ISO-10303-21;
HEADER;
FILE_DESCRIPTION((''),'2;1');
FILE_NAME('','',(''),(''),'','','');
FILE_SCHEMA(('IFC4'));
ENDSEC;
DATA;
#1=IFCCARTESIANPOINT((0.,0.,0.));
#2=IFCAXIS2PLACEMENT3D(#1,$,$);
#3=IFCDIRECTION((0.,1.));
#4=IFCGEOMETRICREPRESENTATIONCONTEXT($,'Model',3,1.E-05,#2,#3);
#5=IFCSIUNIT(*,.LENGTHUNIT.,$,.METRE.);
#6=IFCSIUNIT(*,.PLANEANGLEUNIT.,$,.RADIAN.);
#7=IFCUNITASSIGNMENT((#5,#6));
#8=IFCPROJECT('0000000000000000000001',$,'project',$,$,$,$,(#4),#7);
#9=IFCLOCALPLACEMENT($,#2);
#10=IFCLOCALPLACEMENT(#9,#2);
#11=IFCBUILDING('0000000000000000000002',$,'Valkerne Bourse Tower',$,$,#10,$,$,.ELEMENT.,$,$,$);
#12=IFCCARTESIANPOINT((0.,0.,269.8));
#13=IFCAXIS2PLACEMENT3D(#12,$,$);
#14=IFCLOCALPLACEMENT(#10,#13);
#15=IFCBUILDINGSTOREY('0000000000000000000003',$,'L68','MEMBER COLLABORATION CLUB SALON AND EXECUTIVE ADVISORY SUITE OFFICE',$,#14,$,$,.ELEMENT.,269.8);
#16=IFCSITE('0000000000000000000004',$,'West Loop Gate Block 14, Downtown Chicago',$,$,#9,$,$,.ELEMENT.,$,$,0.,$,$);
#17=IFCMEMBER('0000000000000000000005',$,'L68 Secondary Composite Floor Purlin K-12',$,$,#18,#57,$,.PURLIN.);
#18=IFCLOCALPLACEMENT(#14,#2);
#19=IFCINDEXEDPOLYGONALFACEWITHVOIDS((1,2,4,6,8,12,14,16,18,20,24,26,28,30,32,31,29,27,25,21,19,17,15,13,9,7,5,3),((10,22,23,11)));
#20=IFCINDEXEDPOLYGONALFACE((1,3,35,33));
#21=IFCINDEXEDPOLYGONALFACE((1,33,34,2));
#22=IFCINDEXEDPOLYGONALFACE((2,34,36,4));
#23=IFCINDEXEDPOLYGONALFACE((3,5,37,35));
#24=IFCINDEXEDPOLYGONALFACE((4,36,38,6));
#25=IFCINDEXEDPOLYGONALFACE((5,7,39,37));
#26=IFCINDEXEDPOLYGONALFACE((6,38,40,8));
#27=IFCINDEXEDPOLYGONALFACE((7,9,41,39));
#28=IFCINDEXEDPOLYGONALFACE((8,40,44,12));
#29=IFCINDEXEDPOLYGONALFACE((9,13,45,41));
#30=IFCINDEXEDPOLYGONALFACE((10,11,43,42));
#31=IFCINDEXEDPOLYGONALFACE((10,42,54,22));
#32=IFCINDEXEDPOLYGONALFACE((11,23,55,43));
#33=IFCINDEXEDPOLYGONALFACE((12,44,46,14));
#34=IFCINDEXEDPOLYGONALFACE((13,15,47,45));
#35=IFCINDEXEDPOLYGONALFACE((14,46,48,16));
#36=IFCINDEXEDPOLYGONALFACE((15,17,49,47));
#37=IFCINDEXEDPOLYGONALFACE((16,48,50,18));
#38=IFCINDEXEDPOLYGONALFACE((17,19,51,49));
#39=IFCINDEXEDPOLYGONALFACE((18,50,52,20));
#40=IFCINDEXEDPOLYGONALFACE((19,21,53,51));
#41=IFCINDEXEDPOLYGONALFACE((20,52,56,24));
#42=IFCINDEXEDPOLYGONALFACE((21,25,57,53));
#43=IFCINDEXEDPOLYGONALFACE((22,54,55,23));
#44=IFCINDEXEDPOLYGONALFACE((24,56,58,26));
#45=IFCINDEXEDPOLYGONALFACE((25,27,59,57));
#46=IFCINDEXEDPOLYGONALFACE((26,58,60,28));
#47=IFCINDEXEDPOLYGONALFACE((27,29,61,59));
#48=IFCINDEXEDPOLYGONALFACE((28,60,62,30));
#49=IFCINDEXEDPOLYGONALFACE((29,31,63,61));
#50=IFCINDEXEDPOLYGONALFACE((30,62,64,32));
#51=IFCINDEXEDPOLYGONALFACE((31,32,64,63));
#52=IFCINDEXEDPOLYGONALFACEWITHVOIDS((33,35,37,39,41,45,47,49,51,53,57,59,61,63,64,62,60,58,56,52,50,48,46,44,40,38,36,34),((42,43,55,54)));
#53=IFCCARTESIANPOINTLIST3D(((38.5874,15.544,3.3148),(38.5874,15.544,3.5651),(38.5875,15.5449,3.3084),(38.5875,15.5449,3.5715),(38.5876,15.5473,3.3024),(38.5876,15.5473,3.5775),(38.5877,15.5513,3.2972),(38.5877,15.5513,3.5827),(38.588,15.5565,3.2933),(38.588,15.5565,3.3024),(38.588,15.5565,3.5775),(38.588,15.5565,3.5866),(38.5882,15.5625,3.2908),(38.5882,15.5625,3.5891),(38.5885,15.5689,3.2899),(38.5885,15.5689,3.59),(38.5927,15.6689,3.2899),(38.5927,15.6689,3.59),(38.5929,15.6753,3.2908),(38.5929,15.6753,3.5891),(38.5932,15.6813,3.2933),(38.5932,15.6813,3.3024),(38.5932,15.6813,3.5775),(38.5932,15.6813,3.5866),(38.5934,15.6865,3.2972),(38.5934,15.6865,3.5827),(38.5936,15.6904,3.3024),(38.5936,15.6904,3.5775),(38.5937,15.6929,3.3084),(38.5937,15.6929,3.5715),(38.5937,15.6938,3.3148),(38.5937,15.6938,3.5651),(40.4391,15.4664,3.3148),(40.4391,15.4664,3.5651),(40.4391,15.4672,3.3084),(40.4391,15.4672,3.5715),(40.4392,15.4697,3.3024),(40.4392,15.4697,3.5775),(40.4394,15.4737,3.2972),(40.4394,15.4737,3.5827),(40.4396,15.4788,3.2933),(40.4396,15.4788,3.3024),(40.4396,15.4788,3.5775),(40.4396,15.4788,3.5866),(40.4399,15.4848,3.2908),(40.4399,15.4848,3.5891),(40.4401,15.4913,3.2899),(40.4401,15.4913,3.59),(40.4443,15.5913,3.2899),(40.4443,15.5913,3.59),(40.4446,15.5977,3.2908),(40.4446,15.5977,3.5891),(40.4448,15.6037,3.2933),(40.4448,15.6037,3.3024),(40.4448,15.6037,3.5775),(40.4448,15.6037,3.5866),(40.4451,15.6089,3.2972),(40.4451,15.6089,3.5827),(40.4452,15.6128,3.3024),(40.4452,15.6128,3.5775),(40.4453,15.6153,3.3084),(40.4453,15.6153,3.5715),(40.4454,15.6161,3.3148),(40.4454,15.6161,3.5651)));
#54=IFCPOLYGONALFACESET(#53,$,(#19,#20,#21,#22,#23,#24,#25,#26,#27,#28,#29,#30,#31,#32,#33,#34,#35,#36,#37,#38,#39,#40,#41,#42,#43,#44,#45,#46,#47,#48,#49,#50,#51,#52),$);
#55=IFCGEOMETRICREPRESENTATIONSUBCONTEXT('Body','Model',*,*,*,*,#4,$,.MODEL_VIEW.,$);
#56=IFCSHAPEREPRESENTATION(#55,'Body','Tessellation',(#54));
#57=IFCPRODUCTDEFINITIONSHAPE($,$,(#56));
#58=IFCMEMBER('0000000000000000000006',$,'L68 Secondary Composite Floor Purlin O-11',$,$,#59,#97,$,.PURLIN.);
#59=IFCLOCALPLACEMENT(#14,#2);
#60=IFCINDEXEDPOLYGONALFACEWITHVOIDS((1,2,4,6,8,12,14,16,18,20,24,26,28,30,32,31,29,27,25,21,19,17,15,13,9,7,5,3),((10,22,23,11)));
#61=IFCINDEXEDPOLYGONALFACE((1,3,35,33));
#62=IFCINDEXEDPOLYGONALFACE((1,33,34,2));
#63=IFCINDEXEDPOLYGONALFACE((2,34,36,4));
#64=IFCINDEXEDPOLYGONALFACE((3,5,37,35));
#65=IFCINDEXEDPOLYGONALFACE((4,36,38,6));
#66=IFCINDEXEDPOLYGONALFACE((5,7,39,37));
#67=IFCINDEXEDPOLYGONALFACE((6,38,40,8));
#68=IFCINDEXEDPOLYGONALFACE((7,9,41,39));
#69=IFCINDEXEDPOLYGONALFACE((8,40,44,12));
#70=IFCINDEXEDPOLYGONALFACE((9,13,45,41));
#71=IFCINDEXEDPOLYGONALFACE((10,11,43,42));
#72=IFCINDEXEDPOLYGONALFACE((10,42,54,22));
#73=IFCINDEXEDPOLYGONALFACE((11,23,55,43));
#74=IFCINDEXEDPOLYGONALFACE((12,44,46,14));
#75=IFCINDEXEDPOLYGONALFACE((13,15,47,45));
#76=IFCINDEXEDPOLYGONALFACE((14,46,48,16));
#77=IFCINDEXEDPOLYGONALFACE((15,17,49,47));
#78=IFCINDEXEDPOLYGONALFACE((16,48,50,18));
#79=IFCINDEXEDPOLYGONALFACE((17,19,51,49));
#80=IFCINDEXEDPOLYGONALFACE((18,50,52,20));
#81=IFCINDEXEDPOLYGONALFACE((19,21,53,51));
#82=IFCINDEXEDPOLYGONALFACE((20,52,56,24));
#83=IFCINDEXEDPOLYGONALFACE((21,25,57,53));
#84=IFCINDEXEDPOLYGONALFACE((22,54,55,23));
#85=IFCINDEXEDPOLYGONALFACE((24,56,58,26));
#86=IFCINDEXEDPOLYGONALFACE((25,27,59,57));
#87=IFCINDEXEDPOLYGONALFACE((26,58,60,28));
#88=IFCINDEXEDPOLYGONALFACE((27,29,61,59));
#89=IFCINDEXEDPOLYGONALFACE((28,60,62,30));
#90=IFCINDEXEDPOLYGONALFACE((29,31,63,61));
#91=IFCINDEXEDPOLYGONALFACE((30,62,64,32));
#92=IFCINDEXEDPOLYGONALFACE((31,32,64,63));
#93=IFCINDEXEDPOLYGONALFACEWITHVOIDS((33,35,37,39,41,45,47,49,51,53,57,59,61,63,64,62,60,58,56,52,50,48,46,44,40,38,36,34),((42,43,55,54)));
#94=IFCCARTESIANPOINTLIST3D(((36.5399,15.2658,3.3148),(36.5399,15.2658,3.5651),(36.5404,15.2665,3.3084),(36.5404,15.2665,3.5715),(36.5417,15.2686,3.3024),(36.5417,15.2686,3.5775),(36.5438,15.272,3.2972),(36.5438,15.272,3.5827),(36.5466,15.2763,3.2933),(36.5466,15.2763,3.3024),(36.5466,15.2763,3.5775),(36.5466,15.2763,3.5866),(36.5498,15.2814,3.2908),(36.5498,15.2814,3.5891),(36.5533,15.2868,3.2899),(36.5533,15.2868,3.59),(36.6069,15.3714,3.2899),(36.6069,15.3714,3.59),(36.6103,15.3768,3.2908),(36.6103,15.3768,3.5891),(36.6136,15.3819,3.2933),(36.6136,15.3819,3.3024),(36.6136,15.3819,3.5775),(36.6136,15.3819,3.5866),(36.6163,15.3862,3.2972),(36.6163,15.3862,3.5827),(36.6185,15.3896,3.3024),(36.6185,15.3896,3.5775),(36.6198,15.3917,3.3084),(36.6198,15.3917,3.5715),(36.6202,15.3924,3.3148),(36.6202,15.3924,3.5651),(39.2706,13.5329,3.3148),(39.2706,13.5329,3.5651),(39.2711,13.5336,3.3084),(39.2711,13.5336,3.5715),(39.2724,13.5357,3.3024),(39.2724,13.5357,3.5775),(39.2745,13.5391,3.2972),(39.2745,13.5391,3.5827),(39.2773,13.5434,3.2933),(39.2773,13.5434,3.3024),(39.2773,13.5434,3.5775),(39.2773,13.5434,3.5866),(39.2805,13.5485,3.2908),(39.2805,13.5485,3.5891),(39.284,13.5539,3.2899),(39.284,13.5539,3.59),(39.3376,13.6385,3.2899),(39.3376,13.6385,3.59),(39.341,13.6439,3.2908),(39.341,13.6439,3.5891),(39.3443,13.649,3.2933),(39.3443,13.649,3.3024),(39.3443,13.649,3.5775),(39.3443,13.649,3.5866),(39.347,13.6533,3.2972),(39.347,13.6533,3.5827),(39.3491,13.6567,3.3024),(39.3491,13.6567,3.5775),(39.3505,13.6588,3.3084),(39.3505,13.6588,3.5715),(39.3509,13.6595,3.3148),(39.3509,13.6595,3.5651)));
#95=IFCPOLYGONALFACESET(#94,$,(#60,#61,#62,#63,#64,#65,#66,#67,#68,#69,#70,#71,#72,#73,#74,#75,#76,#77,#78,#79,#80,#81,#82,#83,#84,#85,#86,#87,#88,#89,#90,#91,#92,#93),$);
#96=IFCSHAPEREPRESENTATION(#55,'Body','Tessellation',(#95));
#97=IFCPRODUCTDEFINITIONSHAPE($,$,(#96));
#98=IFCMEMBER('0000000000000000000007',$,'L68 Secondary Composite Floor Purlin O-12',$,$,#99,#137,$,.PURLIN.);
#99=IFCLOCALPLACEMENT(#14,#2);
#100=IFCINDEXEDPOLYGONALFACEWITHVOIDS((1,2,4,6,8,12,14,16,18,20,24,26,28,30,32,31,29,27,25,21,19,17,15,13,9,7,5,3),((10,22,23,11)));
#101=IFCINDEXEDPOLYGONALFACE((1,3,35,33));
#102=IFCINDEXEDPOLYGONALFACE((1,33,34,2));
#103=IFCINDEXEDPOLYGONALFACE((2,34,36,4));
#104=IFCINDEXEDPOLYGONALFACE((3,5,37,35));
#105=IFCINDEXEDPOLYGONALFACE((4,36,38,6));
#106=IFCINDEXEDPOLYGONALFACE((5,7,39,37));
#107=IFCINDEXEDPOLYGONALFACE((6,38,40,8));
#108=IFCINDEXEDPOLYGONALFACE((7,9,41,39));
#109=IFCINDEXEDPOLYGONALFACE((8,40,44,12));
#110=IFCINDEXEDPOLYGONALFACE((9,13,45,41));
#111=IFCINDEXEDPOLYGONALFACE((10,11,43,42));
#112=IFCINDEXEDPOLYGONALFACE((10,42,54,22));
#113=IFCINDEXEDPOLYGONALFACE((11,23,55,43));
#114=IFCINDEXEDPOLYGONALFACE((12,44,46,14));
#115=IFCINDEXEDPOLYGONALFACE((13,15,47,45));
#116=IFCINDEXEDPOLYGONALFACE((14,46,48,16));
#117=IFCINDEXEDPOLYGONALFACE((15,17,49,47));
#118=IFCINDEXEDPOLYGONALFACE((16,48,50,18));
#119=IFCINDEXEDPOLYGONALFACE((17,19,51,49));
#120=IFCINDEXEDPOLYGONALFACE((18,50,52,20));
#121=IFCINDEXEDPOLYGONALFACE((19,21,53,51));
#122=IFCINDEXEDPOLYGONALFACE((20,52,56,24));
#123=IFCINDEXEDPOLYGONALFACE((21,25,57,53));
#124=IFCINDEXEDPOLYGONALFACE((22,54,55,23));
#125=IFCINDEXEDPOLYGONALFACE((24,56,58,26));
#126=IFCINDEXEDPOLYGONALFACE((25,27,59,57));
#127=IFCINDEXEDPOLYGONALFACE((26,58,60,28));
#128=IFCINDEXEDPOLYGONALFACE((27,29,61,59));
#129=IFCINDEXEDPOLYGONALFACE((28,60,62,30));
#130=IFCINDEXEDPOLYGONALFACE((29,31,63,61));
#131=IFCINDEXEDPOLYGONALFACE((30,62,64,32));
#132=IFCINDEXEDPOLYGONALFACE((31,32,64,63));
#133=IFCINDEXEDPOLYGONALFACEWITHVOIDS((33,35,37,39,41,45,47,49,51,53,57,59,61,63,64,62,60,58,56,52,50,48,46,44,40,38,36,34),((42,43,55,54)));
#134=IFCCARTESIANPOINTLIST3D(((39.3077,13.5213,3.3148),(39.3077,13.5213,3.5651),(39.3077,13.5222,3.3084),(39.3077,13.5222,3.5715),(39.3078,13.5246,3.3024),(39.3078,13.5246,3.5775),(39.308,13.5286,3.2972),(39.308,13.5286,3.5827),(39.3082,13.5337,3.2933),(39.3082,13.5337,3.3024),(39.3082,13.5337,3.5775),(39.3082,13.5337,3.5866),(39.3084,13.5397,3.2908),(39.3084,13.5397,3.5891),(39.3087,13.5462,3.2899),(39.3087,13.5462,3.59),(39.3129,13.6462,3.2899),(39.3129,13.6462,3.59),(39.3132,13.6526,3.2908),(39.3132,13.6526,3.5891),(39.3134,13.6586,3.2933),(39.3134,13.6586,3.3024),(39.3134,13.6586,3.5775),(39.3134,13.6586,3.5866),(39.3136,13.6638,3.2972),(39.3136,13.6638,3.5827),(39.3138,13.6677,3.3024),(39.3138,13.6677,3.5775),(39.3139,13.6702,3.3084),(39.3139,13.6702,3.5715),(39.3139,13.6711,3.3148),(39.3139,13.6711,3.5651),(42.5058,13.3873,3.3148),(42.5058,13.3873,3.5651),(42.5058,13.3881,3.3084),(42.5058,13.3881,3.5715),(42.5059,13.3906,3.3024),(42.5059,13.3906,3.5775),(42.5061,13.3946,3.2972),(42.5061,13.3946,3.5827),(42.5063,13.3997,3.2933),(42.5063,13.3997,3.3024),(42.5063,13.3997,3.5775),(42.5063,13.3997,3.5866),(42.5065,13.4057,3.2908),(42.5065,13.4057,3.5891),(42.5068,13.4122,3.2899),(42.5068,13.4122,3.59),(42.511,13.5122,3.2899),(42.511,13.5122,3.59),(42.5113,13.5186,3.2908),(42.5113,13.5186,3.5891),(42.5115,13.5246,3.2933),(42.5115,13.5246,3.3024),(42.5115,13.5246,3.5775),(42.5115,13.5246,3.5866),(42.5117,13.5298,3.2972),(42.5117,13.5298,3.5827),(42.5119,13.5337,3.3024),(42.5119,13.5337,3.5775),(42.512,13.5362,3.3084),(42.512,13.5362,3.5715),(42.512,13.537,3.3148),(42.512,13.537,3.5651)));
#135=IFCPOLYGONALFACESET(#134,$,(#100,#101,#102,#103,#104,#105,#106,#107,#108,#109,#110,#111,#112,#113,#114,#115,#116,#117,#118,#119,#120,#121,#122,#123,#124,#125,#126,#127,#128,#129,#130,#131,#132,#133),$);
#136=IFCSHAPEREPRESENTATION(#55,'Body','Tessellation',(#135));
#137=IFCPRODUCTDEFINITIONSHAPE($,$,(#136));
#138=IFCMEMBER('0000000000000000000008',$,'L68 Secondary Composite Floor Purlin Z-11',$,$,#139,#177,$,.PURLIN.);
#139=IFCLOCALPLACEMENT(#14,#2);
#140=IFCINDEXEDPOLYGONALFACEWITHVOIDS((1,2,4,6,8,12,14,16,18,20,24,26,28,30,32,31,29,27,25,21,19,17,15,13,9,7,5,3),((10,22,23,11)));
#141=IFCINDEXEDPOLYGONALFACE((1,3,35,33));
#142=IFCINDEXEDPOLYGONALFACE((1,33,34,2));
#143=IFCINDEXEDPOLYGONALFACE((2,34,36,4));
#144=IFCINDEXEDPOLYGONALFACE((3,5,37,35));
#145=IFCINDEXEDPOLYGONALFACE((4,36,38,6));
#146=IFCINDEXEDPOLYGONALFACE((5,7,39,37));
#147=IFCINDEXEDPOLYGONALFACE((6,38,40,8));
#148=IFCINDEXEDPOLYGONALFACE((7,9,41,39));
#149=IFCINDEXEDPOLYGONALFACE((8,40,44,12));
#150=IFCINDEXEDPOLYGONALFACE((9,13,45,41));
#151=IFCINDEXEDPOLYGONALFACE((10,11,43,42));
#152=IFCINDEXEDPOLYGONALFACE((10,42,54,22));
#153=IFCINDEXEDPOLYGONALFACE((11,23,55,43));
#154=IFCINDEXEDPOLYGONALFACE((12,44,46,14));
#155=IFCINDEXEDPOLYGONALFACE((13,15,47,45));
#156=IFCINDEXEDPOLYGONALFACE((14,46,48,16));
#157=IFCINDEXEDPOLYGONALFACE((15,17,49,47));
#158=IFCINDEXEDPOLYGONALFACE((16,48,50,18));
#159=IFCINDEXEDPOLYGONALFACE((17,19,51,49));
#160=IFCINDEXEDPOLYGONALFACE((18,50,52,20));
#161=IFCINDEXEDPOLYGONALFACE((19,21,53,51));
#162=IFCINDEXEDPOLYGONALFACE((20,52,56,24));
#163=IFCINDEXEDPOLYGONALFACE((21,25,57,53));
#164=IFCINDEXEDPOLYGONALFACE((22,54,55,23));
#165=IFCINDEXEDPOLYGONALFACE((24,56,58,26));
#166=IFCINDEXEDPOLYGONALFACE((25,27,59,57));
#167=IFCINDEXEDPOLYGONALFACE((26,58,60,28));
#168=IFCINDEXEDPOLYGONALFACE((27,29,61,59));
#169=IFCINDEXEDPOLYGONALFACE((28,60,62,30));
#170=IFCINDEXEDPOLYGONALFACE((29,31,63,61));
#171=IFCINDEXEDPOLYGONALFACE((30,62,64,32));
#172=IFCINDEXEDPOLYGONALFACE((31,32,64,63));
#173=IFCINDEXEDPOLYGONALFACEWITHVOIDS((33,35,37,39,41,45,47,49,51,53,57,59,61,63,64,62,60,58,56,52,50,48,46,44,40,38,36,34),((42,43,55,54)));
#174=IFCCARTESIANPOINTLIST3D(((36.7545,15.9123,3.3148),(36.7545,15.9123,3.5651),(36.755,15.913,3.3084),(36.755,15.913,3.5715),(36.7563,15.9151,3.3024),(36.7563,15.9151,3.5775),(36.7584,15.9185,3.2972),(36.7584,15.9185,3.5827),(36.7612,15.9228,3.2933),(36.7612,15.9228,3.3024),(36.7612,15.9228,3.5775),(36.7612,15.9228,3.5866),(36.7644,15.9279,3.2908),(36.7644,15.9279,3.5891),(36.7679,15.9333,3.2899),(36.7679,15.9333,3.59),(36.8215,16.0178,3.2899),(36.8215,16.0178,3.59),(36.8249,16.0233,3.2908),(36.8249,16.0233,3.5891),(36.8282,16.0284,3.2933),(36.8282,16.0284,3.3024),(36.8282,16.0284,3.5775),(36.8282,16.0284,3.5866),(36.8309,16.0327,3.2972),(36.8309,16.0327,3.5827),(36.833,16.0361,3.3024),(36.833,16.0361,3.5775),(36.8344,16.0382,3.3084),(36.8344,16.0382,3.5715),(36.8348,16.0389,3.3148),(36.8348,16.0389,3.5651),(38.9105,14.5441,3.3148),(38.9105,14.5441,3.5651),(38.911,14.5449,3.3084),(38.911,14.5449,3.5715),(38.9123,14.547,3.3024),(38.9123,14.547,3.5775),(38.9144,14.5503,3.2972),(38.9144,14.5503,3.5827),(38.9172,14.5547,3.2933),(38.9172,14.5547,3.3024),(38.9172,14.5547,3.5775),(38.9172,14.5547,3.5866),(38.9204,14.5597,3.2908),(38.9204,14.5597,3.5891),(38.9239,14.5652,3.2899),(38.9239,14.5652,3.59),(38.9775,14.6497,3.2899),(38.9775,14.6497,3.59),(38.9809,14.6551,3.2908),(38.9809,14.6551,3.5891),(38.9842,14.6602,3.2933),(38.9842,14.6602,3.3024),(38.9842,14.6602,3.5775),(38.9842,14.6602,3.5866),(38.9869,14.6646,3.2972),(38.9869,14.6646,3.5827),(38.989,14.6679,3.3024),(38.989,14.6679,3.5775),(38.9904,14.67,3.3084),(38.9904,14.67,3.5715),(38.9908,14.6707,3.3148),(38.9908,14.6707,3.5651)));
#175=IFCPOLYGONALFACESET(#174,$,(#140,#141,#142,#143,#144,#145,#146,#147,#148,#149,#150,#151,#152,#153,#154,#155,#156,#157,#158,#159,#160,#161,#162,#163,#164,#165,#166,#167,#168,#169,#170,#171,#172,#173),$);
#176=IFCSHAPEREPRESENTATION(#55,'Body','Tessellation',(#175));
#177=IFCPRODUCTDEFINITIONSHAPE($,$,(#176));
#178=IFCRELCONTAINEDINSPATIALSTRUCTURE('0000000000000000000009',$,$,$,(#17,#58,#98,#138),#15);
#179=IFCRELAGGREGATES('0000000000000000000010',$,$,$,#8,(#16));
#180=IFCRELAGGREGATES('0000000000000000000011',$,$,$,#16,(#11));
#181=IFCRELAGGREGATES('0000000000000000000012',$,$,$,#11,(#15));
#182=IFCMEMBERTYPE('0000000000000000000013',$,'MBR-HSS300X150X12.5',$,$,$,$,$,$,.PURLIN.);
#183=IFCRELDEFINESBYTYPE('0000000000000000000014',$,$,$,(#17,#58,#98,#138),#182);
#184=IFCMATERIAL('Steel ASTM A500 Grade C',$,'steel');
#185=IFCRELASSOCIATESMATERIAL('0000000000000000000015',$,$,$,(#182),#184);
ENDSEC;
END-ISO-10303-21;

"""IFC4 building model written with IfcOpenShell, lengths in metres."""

from ifc_helpers import new_model, si_unit, direction, frame, origin, origin_2d, place, context, subcontext, project, spatial, hollow_rectangle, extrude, material, material_profile, profile_set, type_object, element, save


model = new_model("IFC4")

# Units and contexts
model_context = context("Model", 3, precision=1e-05, world=origin(), true_north=direction((0.0, 1.0)))
body_context = subcontext(model_context, "Body", "Model", "MODEL_VIEW")
ifc_project = project(units=[si_unit("LENGTHUNIT", "METRE"), si_unit("PLANEANGLEUNIT", "RADIAN")], contexts=[model_context])

# Site, building, storey
site_placement = place(None, origin())
site = spatial("IfcSite", under=ifc_project, at=site_placement, Name="West Loop Gate Block 14, Downtown Chicago", CompositionType="ELEMENT", RefElevation=0.0)
building_placement = place(site_placement, origin())
building = spatial("IfcBuilding", under=site, at=building_placement, Name="Valkerne Bourse Tower", CompositionType="ELEMENT")
storey_placement = place(building_placement, frame((0.0, 0.0, 269.8)))
storey = spatial("IfcBuildingStorey", under=building, at=storey_placement, Name="L68", Description="MEMBER COLLABORATION CLUB SALON AND EXECUTIVE ADVISORY SUITE OFFICE", CompositionType="ELEMENT", Elevation=269.8)

# Members
ifc_material_1 = material(Name="Steel ASTM A500 Grade C", Category="steel")
ifc_material_profile_1 = material_profile(ifc_material_1, hollow_rectangle(XDim=0.1499, YDim=0.3, WallThickness=0.0125, OuterFilletRadius=0.0249, at=origin_2d()), Name="HSS300X150X12.5")
ifc_profile_set_1 = profile_set([ifc_material_profile_1], Name="Steel ASTM A500 Grade C")
member_type_1 = type_object("IfcMemberType", Name="MBR-HSS300X150X12.5", PredefinedType="PURLIN", material=ifc_profile_set_1)
member_1_placement = place(storey_placement, frame((38.5906, 15.6189, 3.4399), z_axis=(0.999122, -0.041894, 0.0), x_axis=(0.041894, 0.999122, 0.0)))
element("IfcMember", 1, at=member_1_placement, inside=storey, type_object=member_type_1, Name="L68 Secondary Composite Floor Purlin K-12", PredefinedType="PURLIN", context=body_context, shape_type="SweptSolid", body=[
    extrude(hollow_rectangle(XDim=0.1499, YDim=0.3, WallThickness=0.0125, OuterFilletRadius=0.0249, at=origin_2d()), origin(), (0.0, 0.0, 1.0), 1.8533),
])
member_2_placement = place(storey_placement, frame((36.5801, 15.3291, 3.4399), z_axis=(0.844335, -0.535815, 0.0), x_axis=(0.535815, 0.844335, 0.0)))
element("IfcMember", 2, at=member_2_placement, inside=storey, type_object=member_type_1, Name="L68 Secondary Composite Floor Purlin O-11", PredefinedType="PURLIN", context=body_context, shape_type="SweptSolid", body=[
    extrude(hollow_rectangle(XDim=0.1499, YDim=0.3, WallThickness=0.0125, OuterFilletRadius=0.0249, at=origin_2d()), origin(), (0.0, 0.0, 1.0), 3.2341),
])
member_3_placement = place(storey_placement, frame((39.3108, 13.5962, 3.4399), z_axis=(0.999123, -0.041872, 0.0), x_axis=(0.041872, 0.999123, 0.0)))
element("IfcMember", 3, at=member_3_placement, inside=storey, type_object=member_type_1, Name="L68 Secondary Composite Floor Purlin O-12", PredefinedType="PURLIN", context=body_context, shape_type="SweptSolid", body=[
    extrude(hollow_rectangle(XDim=0.1499, YDim=0.3, WallThickness=0.0125, OuterFilletRadius=0.0249, at=origin_2d()), origin(), (0.0, 0.0, 1.0), 3.2009),
])
member_4_placement = place(storey_placement, frame((36.7947, 15.9756, 3.4399), z_axis=(0.844342, -0.535805, 0.0), x_axis=(0.535805, 0.844342, 0.0)))
element("IfcMember", 4, at=member_4_placement, inside=storey, type_object=member_type_1, Name="L68 Secondary Composite Floor Purlin Z-11", PredefinedType="PURLIN", context=body_context, shape_type="SweptSolid", body=[
    extrude(hollow_rectangle(XDim=0.1499, YDim=0.3, WallThickness=0.0125, OuterFilletRadius=0.0249, at=origin_2d()), origin(), (0.0, 0.0, 1.0), 2.5535),
])

save(model, "model.ifc")
